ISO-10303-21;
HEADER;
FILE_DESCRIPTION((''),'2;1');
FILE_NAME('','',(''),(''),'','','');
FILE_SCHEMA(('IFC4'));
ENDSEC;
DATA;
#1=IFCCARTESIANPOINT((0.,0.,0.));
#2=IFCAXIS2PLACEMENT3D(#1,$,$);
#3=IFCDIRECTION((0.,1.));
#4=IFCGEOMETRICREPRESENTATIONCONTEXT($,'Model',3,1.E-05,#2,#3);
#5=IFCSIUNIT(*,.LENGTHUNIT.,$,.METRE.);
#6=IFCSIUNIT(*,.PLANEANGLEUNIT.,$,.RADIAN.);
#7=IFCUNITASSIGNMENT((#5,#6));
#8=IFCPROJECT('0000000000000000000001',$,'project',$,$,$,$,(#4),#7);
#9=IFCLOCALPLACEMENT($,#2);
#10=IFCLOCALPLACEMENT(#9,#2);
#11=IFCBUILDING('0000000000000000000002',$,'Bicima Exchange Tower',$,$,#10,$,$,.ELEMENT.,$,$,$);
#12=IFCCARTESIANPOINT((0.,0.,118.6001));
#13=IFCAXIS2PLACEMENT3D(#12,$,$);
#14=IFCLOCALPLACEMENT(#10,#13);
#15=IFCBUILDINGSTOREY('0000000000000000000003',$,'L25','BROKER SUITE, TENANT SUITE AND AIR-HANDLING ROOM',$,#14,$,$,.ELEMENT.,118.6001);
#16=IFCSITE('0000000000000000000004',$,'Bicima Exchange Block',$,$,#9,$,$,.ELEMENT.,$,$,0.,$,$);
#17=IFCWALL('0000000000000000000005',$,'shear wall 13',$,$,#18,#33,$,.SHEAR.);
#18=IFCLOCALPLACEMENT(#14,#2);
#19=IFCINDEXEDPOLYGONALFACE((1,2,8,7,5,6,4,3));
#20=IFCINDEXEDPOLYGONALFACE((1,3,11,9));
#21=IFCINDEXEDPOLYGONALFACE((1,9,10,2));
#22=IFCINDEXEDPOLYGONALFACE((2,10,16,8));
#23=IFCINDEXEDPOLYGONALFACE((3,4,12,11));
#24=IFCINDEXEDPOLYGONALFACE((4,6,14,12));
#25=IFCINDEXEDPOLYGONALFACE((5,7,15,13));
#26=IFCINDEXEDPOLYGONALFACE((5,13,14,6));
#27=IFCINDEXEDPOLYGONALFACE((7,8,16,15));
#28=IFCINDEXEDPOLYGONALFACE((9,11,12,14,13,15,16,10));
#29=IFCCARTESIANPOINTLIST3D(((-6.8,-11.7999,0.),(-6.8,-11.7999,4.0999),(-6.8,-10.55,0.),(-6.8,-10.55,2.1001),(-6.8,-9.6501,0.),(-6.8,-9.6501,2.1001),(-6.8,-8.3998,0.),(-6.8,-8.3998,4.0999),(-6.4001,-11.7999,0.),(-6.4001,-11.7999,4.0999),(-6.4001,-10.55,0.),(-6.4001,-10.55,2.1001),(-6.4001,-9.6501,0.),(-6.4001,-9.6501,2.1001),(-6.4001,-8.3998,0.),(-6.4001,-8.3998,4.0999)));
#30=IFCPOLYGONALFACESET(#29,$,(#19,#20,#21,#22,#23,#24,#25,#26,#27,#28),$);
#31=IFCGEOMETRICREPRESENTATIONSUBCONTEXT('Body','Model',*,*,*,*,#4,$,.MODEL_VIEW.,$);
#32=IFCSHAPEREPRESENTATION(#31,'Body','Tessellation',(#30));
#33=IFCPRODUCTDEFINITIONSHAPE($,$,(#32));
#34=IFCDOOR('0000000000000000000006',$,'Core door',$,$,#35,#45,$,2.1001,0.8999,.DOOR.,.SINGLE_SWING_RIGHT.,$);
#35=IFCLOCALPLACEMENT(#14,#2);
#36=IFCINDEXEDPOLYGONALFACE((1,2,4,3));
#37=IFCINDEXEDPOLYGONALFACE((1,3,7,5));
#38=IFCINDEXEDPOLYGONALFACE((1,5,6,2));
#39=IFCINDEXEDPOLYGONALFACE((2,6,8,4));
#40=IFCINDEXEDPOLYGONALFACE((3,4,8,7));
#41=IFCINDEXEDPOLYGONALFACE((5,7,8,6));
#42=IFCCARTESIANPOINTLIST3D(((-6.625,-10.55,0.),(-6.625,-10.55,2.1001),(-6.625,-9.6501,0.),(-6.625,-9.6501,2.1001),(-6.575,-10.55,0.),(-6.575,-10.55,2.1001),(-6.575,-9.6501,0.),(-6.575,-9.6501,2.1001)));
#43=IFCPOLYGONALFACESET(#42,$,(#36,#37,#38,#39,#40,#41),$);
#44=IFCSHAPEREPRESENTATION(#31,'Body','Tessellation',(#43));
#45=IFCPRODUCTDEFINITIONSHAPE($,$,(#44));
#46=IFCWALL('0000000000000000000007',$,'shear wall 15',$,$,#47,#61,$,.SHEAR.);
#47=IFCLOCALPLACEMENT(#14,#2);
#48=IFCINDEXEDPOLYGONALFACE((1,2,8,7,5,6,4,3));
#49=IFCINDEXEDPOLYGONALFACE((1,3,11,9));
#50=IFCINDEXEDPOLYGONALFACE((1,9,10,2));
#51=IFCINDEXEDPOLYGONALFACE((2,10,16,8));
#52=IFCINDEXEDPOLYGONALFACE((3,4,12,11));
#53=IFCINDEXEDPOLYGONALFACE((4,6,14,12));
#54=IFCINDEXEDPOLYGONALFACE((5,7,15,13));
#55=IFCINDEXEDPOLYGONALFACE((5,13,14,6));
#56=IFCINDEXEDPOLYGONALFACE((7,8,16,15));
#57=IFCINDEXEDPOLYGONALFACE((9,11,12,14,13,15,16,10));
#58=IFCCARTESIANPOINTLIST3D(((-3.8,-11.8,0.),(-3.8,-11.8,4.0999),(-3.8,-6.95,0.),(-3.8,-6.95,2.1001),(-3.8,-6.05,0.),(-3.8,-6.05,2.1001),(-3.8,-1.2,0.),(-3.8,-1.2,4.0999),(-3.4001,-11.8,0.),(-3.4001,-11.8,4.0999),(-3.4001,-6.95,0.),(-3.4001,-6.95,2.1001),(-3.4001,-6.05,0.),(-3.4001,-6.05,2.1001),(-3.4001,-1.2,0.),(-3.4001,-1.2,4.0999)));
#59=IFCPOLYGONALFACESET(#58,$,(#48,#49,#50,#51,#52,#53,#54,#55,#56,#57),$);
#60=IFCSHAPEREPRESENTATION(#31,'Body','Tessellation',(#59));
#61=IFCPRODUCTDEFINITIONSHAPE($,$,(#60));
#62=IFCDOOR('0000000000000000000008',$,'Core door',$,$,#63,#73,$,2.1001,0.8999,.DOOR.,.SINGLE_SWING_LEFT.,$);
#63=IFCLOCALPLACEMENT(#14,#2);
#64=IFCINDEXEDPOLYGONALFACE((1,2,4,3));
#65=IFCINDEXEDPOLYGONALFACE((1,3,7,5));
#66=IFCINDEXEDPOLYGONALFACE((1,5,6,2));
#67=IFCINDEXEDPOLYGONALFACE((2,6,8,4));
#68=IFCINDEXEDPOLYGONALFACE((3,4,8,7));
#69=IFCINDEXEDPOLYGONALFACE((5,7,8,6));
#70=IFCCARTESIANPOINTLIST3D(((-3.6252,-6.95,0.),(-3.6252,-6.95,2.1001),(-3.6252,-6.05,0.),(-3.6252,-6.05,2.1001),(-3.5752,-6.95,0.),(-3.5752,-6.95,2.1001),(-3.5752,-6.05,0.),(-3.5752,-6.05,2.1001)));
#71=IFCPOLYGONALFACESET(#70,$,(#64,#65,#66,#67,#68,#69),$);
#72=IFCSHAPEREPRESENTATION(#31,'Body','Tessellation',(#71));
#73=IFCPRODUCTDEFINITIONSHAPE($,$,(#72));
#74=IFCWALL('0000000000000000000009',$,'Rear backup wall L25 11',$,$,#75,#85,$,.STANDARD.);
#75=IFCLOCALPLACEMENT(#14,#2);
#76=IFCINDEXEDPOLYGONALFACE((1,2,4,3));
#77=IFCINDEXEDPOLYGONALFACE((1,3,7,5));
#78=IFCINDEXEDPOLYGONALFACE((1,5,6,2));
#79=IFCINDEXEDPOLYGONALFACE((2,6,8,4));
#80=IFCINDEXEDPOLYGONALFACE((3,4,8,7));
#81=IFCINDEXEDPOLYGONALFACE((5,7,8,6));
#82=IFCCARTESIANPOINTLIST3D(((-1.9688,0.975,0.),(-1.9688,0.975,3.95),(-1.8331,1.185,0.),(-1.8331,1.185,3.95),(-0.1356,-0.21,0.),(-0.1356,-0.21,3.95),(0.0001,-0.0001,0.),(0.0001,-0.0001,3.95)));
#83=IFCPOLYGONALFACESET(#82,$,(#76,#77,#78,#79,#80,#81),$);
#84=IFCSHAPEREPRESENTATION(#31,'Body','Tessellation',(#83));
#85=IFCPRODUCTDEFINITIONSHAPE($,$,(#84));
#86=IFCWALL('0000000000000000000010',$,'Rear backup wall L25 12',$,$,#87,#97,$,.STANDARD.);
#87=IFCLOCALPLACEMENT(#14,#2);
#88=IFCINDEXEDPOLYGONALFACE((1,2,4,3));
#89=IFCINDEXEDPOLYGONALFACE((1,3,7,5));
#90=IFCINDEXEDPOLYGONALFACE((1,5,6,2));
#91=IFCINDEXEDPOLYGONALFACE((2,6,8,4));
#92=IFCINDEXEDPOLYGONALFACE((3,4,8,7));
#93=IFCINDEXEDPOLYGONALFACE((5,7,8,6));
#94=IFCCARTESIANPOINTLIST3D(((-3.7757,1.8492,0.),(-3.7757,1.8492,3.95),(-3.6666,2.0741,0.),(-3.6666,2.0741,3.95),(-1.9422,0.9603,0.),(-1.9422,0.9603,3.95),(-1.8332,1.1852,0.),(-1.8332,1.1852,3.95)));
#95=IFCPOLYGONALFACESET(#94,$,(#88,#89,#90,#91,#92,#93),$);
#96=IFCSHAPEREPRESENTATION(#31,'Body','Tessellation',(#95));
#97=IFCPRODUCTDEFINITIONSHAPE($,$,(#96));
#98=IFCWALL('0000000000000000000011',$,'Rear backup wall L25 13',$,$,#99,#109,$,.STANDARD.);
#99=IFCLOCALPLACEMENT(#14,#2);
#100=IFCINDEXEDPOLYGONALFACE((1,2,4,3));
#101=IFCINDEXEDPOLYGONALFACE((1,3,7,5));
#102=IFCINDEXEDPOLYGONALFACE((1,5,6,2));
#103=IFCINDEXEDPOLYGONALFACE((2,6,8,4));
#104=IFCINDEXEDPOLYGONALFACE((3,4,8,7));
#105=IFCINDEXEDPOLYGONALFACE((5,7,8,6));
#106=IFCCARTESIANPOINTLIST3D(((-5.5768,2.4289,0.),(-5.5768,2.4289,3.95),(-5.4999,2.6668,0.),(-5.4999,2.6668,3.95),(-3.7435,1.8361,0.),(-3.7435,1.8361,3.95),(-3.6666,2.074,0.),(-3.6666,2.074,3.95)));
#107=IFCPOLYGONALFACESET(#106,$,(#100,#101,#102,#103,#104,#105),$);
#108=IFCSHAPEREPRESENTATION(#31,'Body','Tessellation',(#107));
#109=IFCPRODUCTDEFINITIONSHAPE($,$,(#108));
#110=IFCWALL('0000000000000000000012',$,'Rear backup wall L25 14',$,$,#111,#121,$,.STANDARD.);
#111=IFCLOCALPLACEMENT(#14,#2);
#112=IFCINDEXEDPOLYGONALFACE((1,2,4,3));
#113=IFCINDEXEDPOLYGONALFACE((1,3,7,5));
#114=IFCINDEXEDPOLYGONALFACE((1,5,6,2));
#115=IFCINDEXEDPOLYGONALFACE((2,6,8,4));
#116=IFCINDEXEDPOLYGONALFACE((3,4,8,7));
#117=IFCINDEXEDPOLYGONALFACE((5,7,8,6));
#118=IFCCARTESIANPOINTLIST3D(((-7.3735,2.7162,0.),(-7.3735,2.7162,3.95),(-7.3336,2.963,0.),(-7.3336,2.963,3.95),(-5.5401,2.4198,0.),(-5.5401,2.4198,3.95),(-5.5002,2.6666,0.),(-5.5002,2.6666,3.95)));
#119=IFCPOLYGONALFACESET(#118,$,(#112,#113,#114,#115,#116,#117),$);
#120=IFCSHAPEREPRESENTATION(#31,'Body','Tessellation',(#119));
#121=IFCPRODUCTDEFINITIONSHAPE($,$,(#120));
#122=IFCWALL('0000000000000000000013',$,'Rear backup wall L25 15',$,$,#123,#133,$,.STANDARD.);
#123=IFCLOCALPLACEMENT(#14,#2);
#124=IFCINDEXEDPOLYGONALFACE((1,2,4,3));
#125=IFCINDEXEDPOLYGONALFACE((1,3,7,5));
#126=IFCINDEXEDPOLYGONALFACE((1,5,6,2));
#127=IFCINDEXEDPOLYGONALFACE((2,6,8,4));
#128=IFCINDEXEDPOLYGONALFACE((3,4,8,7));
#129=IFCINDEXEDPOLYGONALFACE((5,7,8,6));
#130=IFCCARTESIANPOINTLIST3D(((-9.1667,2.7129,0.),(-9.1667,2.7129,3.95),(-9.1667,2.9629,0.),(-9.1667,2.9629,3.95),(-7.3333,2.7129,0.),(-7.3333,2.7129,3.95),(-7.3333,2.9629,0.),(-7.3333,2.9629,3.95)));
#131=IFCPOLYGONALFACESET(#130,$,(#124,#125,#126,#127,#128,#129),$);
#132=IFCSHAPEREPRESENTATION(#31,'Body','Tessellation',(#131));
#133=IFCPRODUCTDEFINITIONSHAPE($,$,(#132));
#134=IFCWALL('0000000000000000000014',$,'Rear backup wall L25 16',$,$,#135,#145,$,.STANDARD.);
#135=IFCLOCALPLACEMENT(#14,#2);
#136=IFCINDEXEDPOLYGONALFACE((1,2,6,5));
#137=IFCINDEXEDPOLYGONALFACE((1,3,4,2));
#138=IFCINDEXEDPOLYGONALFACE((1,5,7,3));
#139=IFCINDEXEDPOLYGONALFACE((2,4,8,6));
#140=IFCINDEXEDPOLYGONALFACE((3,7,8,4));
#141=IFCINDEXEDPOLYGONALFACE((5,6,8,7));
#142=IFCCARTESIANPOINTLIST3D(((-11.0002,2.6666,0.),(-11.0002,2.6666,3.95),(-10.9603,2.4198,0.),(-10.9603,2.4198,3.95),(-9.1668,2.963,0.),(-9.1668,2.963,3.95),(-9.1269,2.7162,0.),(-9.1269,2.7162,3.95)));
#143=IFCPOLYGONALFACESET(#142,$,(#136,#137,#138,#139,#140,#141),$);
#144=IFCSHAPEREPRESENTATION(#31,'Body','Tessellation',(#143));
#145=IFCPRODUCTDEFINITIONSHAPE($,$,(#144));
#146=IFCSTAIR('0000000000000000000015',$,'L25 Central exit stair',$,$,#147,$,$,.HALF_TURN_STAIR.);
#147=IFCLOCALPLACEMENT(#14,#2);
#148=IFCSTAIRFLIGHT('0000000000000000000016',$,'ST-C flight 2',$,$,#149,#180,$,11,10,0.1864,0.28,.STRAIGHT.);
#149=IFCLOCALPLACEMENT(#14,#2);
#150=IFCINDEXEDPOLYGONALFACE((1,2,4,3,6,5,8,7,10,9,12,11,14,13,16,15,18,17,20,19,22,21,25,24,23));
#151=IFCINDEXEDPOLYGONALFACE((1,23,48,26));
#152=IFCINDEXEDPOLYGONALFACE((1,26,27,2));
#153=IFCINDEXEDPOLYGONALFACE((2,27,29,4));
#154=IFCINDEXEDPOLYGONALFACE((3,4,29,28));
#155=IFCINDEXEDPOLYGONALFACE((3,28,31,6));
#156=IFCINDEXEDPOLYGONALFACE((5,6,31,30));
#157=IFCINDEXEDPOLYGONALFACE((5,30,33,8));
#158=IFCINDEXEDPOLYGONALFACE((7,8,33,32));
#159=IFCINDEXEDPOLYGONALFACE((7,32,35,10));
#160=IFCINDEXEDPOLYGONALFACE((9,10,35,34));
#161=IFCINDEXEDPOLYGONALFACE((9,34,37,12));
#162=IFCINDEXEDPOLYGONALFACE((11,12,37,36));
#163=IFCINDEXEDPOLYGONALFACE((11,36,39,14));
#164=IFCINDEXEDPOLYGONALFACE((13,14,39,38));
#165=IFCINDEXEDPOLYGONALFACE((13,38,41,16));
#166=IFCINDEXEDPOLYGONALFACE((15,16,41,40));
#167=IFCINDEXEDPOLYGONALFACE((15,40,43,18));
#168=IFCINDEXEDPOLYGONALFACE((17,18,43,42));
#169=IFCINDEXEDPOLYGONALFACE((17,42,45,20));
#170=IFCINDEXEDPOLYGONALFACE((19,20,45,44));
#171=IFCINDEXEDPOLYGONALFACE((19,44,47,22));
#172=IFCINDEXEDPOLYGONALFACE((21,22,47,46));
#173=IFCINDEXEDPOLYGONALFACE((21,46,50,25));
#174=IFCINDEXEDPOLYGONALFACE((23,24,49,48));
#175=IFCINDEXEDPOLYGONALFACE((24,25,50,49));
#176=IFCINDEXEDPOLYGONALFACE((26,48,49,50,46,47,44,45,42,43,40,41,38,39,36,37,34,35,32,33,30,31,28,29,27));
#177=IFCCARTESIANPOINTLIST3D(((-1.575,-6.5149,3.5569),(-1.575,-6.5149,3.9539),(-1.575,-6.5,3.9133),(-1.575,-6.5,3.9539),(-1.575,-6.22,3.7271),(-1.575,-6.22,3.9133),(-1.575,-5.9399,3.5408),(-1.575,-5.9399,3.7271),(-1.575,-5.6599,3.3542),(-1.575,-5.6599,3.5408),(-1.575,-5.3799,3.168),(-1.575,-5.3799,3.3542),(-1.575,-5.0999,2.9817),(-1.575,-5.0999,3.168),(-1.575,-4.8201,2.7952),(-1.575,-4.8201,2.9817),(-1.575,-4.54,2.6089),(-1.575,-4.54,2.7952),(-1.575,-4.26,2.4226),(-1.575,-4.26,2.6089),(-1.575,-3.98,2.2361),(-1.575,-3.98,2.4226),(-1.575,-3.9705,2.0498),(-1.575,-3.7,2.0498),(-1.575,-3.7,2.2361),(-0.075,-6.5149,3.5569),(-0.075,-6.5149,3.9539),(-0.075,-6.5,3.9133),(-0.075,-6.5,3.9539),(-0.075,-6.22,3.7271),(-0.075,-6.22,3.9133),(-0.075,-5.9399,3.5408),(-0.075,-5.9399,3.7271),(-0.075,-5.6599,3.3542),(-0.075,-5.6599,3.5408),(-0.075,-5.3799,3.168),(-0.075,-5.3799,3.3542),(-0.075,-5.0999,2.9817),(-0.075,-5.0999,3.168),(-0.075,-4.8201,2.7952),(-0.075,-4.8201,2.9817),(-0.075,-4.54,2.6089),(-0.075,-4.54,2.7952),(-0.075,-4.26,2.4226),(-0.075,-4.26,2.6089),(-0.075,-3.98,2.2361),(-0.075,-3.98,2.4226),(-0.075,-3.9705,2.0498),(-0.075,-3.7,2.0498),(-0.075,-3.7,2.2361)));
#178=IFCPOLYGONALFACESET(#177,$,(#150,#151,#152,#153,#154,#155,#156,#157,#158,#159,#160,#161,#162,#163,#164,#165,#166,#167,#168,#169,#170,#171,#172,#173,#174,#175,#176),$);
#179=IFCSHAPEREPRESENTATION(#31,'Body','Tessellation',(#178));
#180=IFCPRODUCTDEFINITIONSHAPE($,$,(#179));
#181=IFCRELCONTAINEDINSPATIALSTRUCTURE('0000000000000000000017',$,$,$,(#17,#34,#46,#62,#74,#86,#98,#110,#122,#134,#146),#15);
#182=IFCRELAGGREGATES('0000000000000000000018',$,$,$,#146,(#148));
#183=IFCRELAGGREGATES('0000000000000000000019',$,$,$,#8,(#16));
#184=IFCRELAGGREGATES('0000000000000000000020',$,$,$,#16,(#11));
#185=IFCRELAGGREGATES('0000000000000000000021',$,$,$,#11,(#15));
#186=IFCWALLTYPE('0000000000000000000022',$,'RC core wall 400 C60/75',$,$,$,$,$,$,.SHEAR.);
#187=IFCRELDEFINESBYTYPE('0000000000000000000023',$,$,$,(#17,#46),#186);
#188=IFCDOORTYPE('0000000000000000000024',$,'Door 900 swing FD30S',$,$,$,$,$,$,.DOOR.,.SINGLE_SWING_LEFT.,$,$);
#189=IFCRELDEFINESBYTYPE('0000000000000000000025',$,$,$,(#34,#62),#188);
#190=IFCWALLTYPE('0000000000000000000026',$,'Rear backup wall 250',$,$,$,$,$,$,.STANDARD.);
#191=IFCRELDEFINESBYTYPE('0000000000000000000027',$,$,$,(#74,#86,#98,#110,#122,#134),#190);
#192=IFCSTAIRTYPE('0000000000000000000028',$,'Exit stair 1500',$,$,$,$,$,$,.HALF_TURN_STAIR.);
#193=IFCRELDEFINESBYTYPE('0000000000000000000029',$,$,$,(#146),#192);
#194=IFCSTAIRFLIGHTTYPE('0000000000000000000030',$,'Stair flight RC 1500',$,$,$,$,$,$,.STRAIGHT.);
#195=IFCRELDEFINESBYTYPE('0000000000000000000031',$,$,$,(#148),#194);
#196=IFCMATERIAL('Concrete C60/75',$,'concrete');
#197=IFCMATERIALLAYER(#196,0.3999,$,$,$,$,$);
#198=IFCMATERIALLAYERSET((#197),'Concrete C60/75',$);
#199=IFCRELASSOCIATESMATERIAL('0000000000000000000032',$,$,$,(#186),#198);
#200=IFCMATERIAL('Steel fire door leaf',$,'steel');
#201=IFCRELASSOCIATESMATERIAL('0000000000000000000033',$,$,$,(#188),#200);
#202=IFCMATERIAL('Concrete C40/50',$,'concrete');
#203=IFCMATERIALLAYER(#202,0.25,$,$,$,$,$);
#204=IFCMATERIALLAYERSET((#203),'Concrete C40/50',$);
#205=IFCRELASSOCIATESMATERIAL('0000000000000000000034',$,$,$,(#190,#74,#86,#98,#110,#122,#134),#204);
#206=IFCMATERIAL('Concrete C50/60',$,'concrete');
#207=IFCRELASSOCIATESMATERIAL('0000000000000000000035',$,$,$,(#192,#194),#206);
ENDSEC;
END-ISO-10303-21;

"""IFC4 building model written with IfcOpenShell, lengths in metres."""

from ifc_helpers import new_model, si_unit, direction, frame, frame_2d, origin, place, context, subcontext, project, spatial, polyline, rectangle, outline, extrude, material, layer, layer_set, layer_usage, type_object, element, fill, aggregate, save


model = new_model("IFC4")

# Units and contexts
model_context = context("Model", 3, precision=1e-05, world=origin(), true_north=direction((0.0, 1.0)))
body_context = subcontext(model_context, "Body", "Model", "MODEL_VIEW")
ifc_project = project(units=[si_unit("LENGTHUNIT", "METRE"), si_unit("PLANEANGLEUNIT", "RADIAN")], contexts=[model_context])

# Site, building, storey
site_placement = place(None, origin())
site = spatial("IfcSite", under=ifc_project, at=site_placement, Name="Bicima Exchange Block", CompositionType="ELEMENT", RefElevation=0.0)
building_placement = place(site_placement, origin())
building = spatial("IfcBuilding", under=site, at=building_placement, Name="Bicima Exchange Tower", CompositionType="ELEMENT")
storey_placement = place(building_placement, frame((0.0, 0.0, 118.6001)))
storey = spatial("IfcBuildingStorey", under=building, at=storey_placement, Name="L25", Description="BROKER SUITE, TENANT SUITE AND AIR-HANDLING ROOM", CompositionType="ELEMENT", Elevation=118.6001)

# Shared definitions
ifc_material_1 = material(Name="Concrete C50/60", Category="concrete")
ifc_material_2 = material(Name="Steel fire door leaf", Category="steel")

# Walls, openings, doors
ifc_material_3 = material(Name="Concrete C60/75", Category="concrete")
ifc_layer_1 = layer(ifc_material_3, 0.3999)
ifc_layer_set_1 = layer_set([ifc_layer_1], Name="Concrete C60/75")
wall_type_1 = type_object("IfcWallType", Name="RC core wall 400 C60/75", PredefinedType="SHEAR", material=ifc_layer_set_1)
wall_1_placement = place(storey_placement, frame((-6.6001, -11.8, 0.0), z_axis=(0.0, 0.0, 1.0), x_axis=(0.0, 1.0, 0.0)))
wall_1 = element("IfcWall", 1, at=wall_1_placement, inside=storey, type_object=wall_type_1, Name="shear wall 13", PredefinedType="SHEAR", context=body_context, shape_type="SweptSolid", body=[
    extrude(rectangle(XDim=3.4001, YDim=0.3999, at=frame_2d((1.7002, 0.0))), origin(), (0.0, 0.0, 1.0), 4.0999),
])
opening_1_placement = place(wall_1_placement, frame((1.25, 0.0, 0.0)))
opening_1 = element("IfcOpeningElement", 2, at=opening_1_placement, cuts=wall_1, PredefinedType="OPENING", context=body_context, shape_type="SweptSolid", body=[
    extrude(rectangle(XDim=0.8999, YDim=2.1001, at=frame_2d((0.45, 1.05))), frame((0.0, 0.2119, 0.0), z_axis=(0.0, -1.0, 0.0), x_axis=(1.0, 0.0, 0.0)), (0.0, 0.0, 1.0), 0.4238),
])
door_type_1 = type_object("IfcDoorType", Name="Door 900 swing FD30S", OperationType="SINGLE_SWING_LEFT", PredefinedType="DOOR", material=ifc_material_2)
door_1_placement = place(opening_1_placement, origin())
door_1 = element("IfcDoor", 3, at=door_1_placement, inside=storey, type_object=door_type_1, Name="Core door", OperationType="SINGLE_SWING_RIGHT", OverallHeight=2.1001, OverallWidth=0.8999, PredefinedType="DOOR", context=body_context, shape_type="SweptSolid", body=[
    extrude(rectangle(XDim=0.8999, YDim=2.1001, at=frame_2d((0.45, 1.05))), frame((0.0, 0.0249, 0.0), z_axis=(0.0, -1.0, 0.0), x_axis=(1.0, 0.0, 0.0)), (0.0, 0.0, 1.0), 0.05),
])
fill(opening_1, door_1)
wall_2_placement = place(storey_placement, frame((-3.6001, -11.8, 0.0), z_axis=(0.0, 0.0, 1.0), x_axis=(0.0, 1.0, 0.0)))
wall_2 = element("IfcWall", 4, at=wall_2_placement, inside=storey, type_object=wall_type_1, Name="shear wall 15", PredefinedType="SHEAR", context=body_context, shape_type="SweptSolid", body=[
    extrude(rectangle(XDim=10.6001, YDim=0.3999, at=frame_2d((5.3, 0.0))), origin(), (0.0, 0.0, 1.0), 4.0999),
])
opening_2_placement = place(wall_2_placement, frame((4.8501, 0.0, 0.0)))
opening_2 = element("IfcOpeningElement", 5, at=opening_2_placement, cuts=wall_2, PredefinedType="OPENING", context=body_context, shape_type="SweptSolid", body=[
    extrude(rectangle(XDim=0.8999, YDim=2.1001, at=frame_2d((0.45, 1.05))), frame((0.0, 0.2119, 0.0), z_axis=(0.0, -1.0, 0.0), x_axis=(1.0, 0.0, 0.0)), (0.0, 0.0, 1.0), 0.4238),
])
door_2_placement = place(opening_2_placement, frame((0.8999, 0.0, 0.0), z_axis=(0.0, 0.0, 1.0), x_axis=(-1.0, 0.0, 0.0)))
door_2 = element("IfcDoor", 6, at=door_2_placement, inside=storey, type_object=door_type_1, Name="Core door", OperationType="SINGLE_SWING_LEFT", OverallHeight=2.1001, OverallWidth=0.8999, PredefinedType="DOOR", context=body_context, shape_type="SweptSolid", body=[
    extrude(rectangle(XDim=0.8999, YDim=2.1001, at=frame_2d((0.45, 1.05))), frame((0.0, 0.0249, 0.0), z_axis=(0.0, -1.0, 0.0), x_axis=(1.0, 0.0, 0.0)), (0.0, 0.0, 1.0), 0.05),
])
fill(opening_2, door_2)

# Walls
ifc_material_4 = material(Name="Concrete C40/50", Category="concrete")
ifc_layer_2 = layer(ifc_material_4, 0.25)
ifc_layer_set_2 = layer_set([ifc_layer_2], Name="Concrete C40/50")
ifc_layer_usage = layer_usage(ifc_layer_set_2, "AXIS2", "POSITIVE", -0.125)
wall_type_2 = type_object("IfcWallType", Name="Rear backup wall 250", PredefinedType="STANDARD", material=ifc_layer_set_2)
wall_3_placement = place(storey_placement, frame((-0.0679, -0.105, 0.0), z_axis=(0.0, 0.0, 1.0), x_axis=(-0.839813, 0.542876, 0.0)))
element("IfcWall", 7, at=wall_3_placement, inside=storey, type_object=wall_type_2, material=ifc_layer_usage, Name="Rear backup wall L25 11", PredefinedType="STANDARD", context=body_context, shape_type="SweptSolid", body=[
    extrude(rectangle(XDim=2.1829, YDim=0.25, at=frame_2d((1.0913, 0.0))), origin(), (0.0, 0.0, 1.0), 3.95),
])
wall_4_placement = place(storey_placement, frame((-1.8877, 1.0728, 0.0), z_axis=(0.0, 0.0, 1.0), x_axis=(-0.899824, 0.436253, 0.0)))
element("IfcWall", 8, at=wall_4_placement, inside=storey, type_object=wall_type_2, material=ifc_layer_usage, Name="Rear backup wall L25 12", PredefinedType="STANDARD", context=body_context, shape_type="SweptSolid", body=[
    extrude(rectangle(XDim=2.0376, YDim=0.25, at=frame_2d((1.0188, 0.0))), origin(), (0.0, 0.0, 1.0), 3.95),
])
wall_5_placement = place(storey_placement, frame((-3.7051, 1.9551, 0.0), z_axis=(0.0, 0.0, 1.0), x_axis=(-0.951496, 0.307662, 0.0)))
element("IfcWall", 9, at=wall_5_placement, inside=storey, type_object=wall_type_2, material=ifc_layer_usage, Name="Rear backup wall L25 13", PredefinedType="STANDARD", context=body_context, shape_type="SweptSolid", body=[
    extrude(rectangle(XDim=1.9268, YDim=0.25, at=frame_2d((0.9634, 0.0))), origin(), (0.0, 0.0, 1.0), 3.95),
])
wall_6_placement = place(storey_placement, frame((-5.52, 2.5432, 0.0), z_axis=(0.0, 0.0, 1.0), x_axis=(-0.987182, 0.1596, 0.0)))
element("IfcWall", 10, at=wall_6_placement, inside=storey, type_object=wall_type_2, material=ifc_layer_usage, Name="Rear backup wall L25 14", PredefinedType="STANDARD", context=body_context, shape_type="SweptSolid", body=[
    extrude(rectangle(XDim=1.8572, YDim=0.25, at=frame_2d((0.9287, 0.0))), origin(), (0.0, 0.0, 1.0), 3.95),
])
wall_7_placement = place(storey_placement, frame((-7.3333, 2.8379, 0.0), z_axis=(0.0, 0.0, 1.0), x_axis=(-1.0, 0.0, 0.0)))
element("IfcWall", 11, at=wall_7_placement, inside=storey, type_object=wall_type_2, material=ifc_layer_usage, Name="Rear backup wall L25 15", PredefinedType="STANDARD", context=body_context, shape_type="SweptSolid", body=[
    extrude(rectangle(XDim=1.8335, YDim=0.25, at=frame_2d((0.9167, 0.0))), origin(), (0.0, 0.0, 1.0), 3.95),
])
wall_8_placement = place(storey_placement, frame((-9.1467, 2.8396, 0.0), z_axis=(0.0, 0.0, 1.0), x_axis=(-0.987182, -0.1596, 0.0)))
element("IfcWall", 12, at=wall_8_placement, inside=storey, type_object=wall_type_2, material=ifc_layer_usage, Name="Rear backup wall L25 16", PredefinedType="STANDARD", context=body_context, shape_type="SweptSolid", body=[
    extrude(rectangle(XDim=1.8572, YDim=0.25, at=frame_2d((0.9287, 0.0))), origin(), (0.0, 0.0, 1.0), 3.95),
])

# Stair, stair flight
stair_type = type_object("IfcStairType", Name="Exit stair 1500", PredefinedType="HALF_TURN_STAIR", material=ifc_material_1)
stair_placement = place(storey_placement, origin())
stair = element("IfcStair", 13, at=stair_placement, inside=storey, type_object=stair_type, Name="L25 Central exit stair", PredefinedType="HALF_TURN_STAIR")
stair_flight_type = type_object("IfcStairFlightType", Name="Stair flight RC 1500", PredefinedType="STRAIGHT", material=ifc_material_1)
stair_flight_placement = place(storey_placement, frame((-0.825, -3.7, 2.0498), z_axis=(0.0, 0.0, 1.0), x_axis=(0.0, -1.0, 0.0)))
stair_flight = element("IfcStairFlight", 14, at=stair_flight_placement, type_object=stair_flight_type, Name="ST-C flight 2", NumberOfRisers=11, NumberOfTreads=10, PredefinedType="STRAIGHT", RiserHeight=0.1864, TreadLength=0.28, context=body_context, shape_type="SweptSolid", body=[
    extrude(outline(polyline([(0.0, 0.0), (0.0, 0.1863), (0.28, 0.1863), (0.28, 0.3728), (0.5601, 0.3728), (0.5601, 0.5591), (0.8401, 0.5591), (0.8401, 0.7454), (1.1201, 0.7454), (1.1201, 0.9319), (1.3999, 0.9319), (1.3999, 1.1182), (1.6799, 1.1182), (1.6799, 1.3044), (1.96, 1.3044), (1.96, 1.491), (2.24, 1.491), (2.24, 1.6772), (2.52, 1.6772), (2.52, 1.8635), (2.8, 1.8635), (2.8, 1.9041), (2.8149, 1.9041), (2.8149, 1.5071), (0.2705, 0.0), (0.0, 0.0)])), frame((0.0, 0.75, 0.0), z_axis=(0.0, -1.0, 0.0), x_axis=(1.0, 0.0, 0.0)), (0.0, 0.0, 1.0), 1.5),
])
aggregate(stair, [stair_flight])

save(model, "model.ifc")
